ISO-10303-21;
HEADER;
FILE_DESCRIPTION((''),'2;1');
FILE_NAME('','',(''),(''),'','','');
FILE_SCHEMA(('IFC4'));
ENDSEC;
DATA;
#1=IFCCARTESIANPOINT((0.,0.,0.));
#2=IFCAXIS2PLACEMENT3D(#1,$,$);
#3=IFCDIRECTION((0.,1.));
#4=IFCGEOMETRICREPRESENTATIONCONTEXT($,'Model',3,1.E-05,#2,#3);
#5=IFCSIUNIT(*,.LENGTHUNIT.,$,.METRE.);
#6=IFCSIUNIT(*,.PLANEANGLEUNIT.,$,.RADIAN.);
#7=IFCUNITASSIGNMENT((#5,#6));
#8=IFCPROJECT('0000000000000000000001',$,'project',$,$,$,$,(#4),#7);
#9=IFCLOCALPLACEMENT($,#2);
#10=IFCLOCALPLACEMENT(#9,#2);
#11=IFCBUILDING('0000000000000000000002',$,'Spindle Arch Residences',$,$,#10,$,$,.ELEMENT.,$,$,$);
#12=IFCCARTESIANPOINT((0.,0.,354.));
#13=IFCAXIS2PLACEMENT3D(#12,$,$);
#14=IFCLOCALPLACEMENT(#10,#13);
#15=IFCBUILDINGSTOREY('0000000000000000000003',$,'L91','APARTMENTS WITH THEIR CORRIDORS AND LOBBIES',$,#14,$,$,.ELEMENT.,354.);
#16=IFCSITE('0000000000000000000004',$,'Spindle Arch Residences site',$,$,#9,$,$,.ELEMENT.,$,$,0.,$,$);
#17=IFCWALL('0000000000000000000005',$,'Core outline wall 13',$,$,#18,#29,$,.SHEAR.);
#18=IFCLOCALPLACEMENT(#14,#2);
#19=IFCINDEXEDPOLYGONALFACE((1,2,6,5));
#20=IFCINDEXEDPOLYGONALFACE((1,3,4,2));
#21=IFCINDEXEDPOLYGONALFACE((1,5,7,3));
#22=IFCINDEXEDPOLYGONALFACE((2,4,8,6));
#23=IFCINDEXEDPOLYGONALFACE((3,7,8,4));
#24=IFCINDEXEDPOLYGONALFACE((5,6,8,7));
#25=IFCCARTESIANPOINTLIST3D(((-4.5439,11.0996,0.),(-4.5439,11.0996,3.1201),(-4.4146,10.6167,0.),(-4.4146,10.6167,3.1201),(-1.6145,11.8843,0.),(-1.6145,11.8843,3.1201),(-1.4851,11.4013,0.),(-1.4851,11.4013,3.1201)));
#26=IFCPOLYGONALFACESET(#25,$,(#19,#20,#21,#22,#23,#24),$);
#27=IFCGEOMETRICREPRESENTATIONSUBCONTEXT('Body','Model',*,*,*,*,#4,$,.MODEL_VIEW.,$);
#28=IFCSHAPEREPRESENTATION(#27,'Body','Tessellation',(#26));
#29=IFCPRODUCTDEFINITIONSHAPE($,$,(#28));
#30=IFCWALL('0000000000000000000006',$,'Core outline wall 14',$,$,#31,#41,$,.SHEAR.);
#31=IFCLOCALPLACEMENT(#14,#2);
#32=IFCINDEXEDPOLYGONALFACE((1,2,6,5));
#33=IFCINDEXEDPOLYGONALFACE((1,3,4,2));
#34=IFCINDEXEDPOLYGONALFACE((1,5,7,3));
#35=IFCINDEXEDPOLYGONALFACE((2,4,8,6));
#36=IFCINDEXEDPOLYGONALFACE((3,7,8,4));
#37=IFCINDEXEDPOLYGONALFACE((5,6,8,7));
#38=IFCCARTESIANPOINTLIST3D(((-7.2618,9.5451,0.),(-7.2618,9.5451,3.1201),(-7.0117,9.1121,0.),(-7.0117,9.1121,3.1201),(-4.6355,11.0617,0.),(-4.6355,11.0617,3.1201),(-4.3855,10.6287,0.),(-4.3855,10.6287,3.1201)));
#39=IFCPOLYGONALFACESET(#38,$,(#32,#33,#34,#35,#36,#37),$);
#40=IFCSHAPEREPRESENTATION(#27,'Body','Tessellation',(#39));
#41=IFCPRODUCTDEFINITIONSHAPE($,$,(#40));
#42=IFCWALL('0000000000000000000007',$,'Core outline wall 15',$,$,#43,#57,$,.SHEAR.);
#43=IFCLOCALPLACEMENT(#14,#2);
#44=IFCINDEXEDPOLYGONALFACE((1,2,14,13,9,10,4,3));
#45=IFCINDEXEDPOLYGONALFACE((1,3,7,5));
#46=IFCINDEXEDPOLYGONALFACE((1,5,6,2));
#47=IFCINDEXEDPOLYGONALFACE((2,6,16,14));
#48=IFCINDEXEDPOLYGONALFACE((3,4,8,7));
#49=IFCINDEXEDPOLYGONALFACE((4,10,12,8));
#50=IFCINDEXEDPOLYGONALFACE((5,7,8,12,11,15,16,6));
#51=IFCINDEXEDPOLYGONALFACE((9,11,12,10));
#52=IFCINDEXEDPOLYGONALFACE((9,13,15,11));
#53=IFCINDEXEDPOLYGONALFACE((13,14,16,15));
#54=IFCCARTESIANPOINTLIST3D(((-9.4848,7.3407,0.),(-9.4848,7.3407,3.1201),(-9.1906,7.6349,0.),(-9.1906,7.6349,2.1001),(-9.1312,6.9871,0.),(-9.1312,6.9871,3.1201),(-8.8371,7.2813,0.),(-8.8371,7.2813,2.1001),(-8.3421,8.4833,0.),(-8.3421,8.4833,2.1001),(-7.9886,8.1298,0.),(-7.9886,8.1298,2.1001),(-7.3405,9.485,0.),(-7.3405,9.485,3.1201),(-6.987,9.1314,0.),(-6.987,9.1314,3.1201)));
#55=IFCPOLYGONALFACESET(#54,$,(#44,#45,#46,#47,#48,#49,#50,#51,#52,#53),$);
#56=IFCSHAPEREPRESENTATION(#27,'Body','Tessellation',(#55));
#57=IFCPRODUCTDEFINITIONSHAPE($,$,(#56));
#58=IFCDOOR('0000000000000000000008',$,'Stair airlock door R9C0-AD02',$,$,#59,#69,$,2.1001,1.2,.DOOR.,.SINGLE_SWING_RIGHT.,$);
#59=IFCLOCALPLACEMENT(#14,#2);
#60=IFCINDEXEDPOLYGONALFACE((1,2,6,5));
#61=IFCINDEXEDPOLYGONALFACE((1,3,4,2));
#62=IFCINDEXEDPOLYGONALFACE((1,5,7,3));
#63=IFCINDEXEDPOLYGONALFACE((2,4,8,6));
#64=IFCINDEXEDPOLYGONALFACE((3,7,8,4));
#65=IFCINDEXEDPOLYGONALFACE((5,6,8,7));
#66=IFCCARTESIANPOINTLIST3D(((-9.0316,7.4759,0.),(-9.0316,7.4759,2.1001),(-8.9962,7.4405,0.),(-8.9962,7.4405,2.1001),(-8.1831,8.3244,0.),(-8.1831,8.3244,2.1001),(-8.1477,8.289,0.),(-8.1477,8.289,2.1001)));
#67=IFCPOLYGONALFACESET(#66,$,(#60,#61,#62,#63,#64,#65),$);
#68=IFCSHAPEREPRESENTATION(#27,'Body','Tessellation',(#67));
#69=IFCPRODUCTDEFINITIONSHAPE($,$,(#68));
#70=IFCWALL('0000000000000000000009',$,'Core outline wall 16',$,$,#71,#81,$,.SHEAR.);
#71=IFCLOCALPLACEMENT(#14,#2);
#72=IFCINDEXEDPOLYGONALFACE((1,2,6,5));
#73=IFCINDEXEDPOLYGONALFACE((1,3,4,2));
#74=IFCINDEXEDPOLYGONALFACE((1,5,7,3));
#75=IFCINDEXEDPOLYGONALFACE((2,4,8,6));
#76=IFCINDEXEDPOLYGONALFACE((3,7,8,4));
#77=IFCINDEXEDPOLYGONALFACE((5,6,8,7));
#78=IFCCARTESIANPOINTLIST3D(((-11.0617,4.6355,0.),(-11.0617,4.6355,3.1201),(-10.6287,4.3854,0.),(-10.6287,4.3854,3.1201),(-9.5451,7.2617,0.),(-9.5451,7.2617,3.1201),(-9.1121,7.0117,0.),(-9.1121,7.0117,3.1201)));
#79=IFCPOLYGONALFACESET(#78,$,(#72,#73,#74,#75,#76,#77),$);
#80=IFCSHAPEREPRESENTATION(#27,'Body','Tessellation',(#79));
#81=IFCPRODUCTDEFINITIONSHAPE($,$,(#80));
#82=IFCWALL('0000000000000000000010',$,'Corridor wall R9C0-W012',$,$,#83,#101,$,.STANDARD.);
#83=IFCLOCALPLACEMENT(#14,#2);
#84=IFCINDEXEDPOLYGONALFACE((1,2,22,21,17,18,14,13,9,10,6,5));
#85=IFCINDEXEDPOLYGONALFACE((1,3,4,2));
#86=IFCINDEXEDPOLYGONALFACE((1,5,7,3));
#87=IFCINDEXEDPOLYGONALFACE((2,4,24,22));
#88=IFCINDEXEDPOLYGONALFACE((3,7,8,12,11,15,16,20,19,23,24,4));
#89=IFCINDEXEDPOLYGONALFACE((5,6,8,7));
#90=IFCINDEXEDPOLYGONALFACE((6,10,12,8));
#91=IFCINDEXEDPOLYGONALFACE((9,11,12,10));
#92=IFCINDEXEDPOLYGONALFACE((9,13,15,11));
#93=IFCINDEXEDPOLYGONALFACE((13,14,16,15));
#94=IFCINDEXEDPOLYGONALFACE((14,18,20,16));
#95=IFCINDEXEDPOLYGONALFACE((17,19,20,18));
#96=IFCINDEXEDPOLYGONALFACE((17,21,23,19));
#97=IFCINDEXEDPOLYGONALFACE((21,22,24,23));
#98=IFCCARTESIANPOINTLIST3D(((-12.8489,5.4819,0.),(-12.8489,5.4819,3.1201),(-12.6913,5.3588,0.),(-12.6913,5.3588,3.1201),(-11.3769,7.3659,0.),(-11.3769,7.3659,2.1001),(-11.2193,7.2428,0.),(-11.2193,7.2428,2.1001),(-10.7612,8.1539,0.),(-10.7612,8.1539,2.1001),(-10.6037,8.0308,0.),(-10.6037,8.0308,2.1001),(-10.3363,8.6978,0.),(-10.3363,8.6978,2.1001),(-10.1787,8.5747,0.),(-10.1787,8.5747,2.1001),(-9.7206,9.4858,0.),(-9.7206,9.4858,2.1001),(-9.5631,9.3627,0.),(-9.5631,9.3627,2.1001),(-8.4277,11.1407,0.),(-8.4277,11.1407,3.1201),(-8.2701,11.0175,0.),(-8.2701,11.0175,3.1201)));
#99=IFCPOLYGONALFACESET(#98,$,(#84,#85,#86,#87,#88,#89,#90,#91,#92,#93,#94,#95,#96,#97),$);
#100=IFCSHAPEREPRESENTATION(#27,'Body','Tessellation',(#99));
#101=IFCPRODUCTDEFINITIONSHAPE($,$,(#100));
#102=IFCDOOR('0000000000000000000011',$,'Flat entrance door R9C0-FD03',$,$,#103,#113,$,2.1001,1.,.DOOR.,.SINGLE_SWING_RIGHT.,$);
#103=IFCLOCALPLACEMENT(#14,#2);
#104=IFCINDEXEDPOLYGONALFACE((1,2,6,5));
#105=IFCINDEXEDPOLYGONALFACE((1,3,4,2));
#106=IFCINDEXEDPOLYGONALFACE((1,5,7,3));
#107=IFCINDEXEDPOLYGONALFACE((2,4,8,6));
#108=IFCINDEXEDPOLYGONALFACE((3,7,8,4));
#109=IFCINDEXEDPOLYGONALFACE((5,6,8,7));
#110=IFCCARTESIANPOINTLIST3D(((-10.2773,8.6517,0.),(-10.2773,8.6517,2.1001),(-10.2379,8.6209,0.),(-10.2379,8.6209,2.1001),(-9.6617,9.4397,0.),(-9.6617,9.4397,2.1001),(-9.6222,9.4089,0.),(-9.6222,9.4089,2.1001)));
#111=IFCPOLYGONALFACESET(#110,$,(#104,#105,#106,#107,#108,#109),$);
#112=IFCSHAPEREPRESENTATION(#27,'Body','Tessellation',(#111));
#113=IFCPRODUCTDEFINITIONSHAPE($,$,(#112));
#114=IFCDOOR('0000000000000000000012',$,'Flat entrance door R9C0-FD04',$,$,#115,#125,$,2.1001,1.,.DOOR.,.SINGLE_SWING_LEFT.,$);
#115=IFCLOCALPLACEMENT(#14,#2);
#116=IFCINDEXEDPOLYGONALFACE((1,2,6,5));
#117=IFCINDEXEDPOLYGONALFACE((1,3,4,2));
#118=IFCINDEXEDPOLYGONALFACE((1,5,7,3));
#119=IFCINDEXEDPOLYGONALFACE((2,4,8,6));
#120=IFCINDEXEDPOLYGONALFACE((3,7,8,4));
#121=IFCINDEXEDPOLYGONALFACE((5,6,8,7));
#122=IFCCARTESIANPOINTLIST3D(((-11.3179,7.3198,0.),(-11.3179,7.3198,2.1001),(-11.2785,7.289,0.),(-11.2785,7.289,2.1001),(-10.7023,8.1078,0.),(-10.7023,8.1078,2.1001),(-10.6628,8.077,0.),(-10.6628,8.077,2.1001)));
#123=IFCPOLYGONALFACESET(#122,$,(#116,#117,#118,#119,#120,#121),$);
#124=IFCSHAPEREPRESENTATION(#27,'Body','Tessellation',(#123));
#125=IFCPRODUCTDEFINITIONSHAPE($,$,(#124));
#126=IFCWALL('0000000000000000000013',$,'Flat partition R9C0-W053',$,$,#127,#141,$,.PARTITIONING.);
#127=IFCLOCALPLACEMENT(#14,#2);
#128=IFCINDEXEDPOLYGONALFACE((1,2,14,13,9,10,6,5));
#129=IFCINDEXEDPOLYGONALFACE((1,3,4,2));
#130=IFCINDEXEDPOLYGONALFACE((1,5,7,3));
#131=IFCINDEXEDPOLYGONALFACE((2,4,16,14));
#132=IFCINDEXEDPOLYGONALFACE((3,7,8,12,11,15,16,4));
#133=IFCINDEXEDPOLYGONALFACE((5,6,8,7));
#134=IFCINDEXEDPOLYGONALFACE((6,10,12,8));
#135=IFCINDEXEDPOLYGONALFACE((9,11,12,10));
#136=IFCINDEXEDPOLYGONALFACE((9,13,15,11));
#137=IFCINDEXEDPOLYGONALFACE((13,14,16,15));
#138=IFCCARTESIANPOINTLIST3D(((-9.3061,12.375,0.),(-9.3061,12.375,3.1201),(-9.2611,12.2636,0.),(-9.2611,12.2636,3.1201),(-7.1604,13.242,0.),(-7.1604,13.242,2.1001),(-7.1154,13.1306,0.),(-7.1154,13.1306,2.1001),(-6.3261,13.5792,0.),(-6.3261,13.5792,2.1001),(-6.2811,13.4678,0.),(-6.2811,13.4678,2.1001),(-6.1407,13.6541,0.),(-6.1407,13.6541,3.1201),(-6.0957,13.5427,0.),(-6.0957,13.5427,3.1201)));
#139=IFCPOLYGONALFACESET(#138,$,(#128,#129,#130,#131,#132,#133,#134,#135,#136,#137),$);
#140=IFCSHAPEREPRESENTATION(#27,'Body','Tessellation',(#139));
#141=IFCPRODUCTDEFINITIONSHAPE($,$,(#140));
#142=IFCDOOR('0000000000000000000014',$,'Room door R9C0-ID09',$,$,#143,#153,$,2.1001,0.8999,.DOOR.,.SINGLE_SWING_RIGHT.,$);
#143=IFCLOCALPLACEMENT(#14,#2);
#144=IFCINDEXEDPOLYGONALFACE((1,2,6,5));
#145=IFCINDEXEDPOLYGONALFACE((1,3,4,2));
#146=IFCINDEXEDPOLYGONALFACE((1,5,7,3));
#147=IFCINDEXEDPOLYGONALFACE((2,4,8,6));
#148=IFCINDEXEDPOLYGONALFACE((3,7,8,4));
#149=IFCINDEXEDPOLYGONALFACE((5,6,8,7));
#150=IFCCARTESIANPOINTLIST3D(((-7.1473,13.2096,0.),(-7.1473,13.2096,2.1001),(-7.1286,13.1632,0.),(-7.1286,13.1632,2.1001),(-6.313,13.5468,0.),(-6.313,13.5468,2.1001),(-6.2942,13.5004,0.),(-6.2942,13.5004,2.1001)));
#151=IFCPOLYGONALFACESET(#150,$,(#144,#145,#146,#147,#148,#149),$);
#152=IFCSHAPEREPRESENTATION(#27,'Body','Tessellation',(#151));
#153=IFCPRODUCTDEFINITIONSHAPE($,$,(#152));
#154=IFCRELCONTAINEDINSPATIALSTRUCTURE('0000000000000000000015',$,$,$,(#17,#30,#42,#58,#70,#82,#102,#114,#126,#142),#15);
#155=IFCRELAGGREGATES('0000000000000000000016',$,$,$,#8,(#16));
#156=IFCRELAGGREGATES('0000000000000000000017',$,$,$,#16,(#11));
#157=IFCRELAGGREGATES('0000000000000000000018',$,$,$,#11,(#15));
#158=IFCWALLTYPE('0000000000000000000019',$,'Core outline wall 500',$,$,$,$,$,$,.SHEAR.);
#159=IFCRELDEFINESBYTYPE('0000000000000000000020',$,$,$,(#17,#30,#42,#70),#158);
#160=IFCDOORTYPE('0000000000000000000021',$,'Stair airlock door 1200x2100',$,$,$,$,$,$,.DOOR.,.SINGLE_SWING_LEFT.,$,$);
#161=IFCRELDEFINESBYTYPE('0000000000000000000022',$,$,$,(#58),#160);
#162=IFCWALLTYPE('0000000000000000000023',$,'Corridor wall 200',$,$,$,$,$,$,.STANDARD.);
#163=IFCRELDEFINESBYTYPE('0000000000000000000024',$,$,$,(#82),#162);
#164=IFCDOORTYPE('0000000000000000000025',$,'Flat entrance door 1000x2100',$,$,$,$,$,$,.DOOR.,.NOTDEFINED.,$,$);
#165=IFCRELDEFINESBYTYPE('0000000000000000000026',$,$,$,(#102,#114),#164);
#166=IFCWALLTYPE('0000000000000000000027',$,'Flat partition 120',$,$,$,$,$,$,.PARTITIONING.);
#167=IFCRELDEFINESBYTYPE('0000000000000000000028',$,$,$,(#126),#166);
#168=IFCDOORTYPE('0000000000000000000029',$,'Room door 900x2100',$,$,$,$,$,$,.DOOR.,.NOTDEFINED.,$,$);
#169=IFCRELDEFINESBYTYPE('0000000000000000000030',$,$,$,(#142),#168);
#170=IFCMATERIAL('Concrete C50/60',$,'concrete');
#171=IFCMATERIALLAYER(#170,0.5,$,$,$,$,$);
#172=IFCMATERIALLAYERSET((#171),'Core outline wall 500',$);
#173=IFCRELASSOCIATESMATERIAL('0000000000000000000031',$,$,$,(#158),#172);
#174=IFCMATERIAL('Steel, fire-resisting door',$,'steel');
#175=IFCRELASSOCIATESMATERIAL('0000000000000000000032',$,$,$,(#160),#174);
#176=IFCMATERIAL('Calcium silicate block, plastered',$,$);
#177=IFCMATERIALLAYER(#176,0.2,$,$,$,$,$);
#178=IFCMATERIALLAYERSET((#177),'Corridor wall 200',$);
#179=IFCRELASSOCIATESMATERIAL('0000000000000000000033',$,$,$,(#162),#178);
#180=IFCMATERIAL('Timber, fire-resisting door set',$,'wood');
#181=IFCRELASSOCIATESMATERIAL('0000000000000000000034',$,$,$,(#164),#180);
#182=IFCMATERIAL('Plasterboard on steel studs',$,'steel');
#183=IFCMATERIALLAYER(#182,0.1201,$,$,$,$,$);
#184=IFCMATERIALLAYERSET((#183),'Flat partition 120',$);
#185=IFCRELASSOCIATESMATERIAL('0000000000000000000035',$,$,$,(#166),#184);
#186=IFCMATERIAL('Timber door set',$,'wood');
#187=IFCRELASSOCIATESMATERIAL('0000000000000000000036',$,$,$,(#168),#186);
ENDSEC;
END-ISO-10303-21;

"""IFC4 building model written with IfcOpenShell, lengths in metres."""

from ifc_helpers import new_model, si_unit, direction, frame, frame_2d, origin, place, context, subcontext, project, spatial, rectangle, extrude, material, layer, layer_set, type_object, element, fill, save


model = new_model("IFC4")

# Units and contexts
model_context = context("Model", 3, precision=1e-05, world=origin(), true_north=direction((0.0, 1.0)))
body_context = subcontext(model_context, "Body", "Model", "MODEL_VIEW")
ifc_project = project(units=[si_unit("LENGTHUNIT", "METRE"), si_unit("PLANEANGLEUNIT", "RADIAN")], contexts=[model_context])

# Site, building, storey
site_placement = place(None, origin())
site = spatial("IfcSite", under=ifc_project, at=site_placement, Name="Spindle Arch Residences site", CompositionType="ELEMENT", RefElevation=0.0)
building_placement = place(site_placement, origin())
building = spatial("IfcBuilding", under=site, at=building_placement, Name="Spindle Arch Residences", CompositionType="ELEMENT")
storey_placement = place(building_placement, frame((0.0, 0.0, 354.0)))
storey = spatial("IfcBuildingStorey", under=building, at=storey_placement, Name="L91", Description="APARTMENTS WITH THEIR CORRIDORS AND LOBBIES", CompositionType="ELEMENT", Elevation=354.0)

# Walls
ifc_material_1 = material(Name="Concrete C50/60", Category="concrete")
ifc_layer_1 = layer(ifc_material_1, 0.5)
ifc_layer_set_1 = layer_set([ifc_layer_1], Name="Core outline wall 500")
wall_type_1 = type_object("IfcWallType", Name="Core outline wall 500", PredefinedType="SHEAR", material=ifc_layer_set_1)
for number, where, z_axis, x_axis, name in (
    (1, (-1.5498, 11.6428, 0.0), (0.0, 0.0, 1.0), (-0.965948, -0.258735, 0.0), "Core outline wall 13"),
    (2, (-4.5105, 10.8452, 0.0), (0.0, 0.0, 1.0), (-0.865975, -0.500087, 0.0), "Core outline wall 14"),
):
    element("IfcWall", number, at=place(storey_placement, frame(where, z_axis=z_axis, x_axis=x_axis)), inside=storey, type_object=wall_type_1, Name=name, PredefinedType="SHEAR", context=body_context, shape_type="SweptSolid", body=[
        extrude(rectangle(XDim=3.0327, YDim=0.5, at=frame_2d((1.5164, 0.0))), origin(), (0.0, 0.0, 1.0), 3.1201),
    ])

# Wall, opening, door
wall_1_placement = place(storey_placement, frame((-7.1638, 9.3081, 0.0), z_axis=(0.0, 0.0, 1.0), x_axis=(-0.707107, -0.707107, 0.0)))
wall_1 = element("IfcWall", 3, at=wall_1_placement, inside=storey, type_object=wall_type_1, Name="Core outline wall 15", PredefinedType="SHEAR", context=body_context, shape_type="SweptSolid", body=[
    extrude(rectangle(XDim=3.0325, YDim=0.5, at=frame_2d((1.5161, 0.0))), origin(), (0.0, 0.0, 1.0), 3.1201),
])
opening_1_placement = place(wall_1_placement, frame((1.4163, 0.0, 0.0)))
opening_1 = element("IfcOpeningElement", 4, at=opening_1_placement, cuts=wall_1, PredefinedType="OPENING", context=body_context, shape_type="SweptSolid", body=[
    extrude(rectangle(XDim=1.2, YDim=2.1001, at=frame_2d((0.6001, 1.05))), frame((0.0, 0.26, 0.0), z_axis=(0.0, -1.0, 0.0), x_axis=(1.0, 0.0, 0.0)), (0.0, 0.0, 1.0), 0.52),
])
ifc_material_2 = material(Name="Steel, fire-resisting door", Category="steel")
door_type_1 = type_object("IfcDoorType", Name="Stair airlock door 1200x2100", OperationType="SINGLE_SWING_LEFT", PredefinedType="DOOR", material=ifc_material_2)
door_1_placement = place(opening_1_placement, origin())
door_1 = element("IfcDoor", 5, at=door_1_placement, inside=storey, type_object=door_type_1, Name="Stair airlock door R9C0-AD02", OperationType="SINGLE_SWING_RIGHT", OverallHeight=2.1001, OverallWidth=1.2, PredefinedType="DOOR", context=body_context, shape_type="SweptSolid", body=[
    extrude(rectangle(XDim=1.2, YDim=2.1001, at=frame_2d((0.6001, 1.05))), frame((0.0, 0.0249, 0.0), z_axis=(0.0, -1.0, 0.0), x_axis=(1.0, 0.0, 0.0)), (0.0, 0.0, 1.0), 0.05),
])
fill(opening_1, door_1)

# Wall
wall_2_placement = place(storey_placement, frame((-9.3286, 7.1367, 0.0), z_axis=(0.0, 0.0, 1.0), x_axis=(-0.500087, -0.865975, 0.0)))
element("IfcWall", 6, at=wall_2_placement, inside=storey, type_object=wall_type_1, Name="Core outline wall 16", PredefinedType="SHEAR", context=body_context, shape_type="SweptSolid", body=[
    extrude(rectangle(XDim=3.0327, YDim=0.5, at=frame_2d((1.5164, 0.0))), origin(), (0.0, 0.0, 1.0), 3.1201),
])

# Wall, openings, doors
ifc_material_3 = material(Name="Calcium silicate block, plastered")
ifc_layer_2 = layer(ifc_material_3, 0.2)
ifc_layer_set_2 = layer_set([ifc_layer_2], Name="Corridor wall 200")
wall_type_2 = type_object("IfcWallType", Name="Corridor wall 200", PredefinedType="STANDARD", material=ifc_layer_set_2)
wall_3_placement = place(storey_placement, frame((-8.3489, 11.0791, 0.0), z_axis=(0.0, 0.0, 1.0), x_axis=(-0.615669, -0.788005, 0.0)))
wall_3 = element("IfcWall", 7, at=wall_3_placement, inside=storey, type_object=wall_type_2, Name="Corridor wall R9C0-W012", PredefinedType="STANDARD", context=body_context, shape_type="SweptSolid", body=[
    extrude(rectangle(XDim=7.1812, YDim=0.2, at=frame_2d((3.5906, 0.0))), origin(), (0.0, 0.0, 1.0), 3.1201),
])
opening_2_placement = place(wall_3_placement, frame((2.1001, 0.0, 0.0)))
opening_2 = element("IfcOpeningElement", 8, at=opening_2_placement, cuts=wall_3, PredefinedType="OPENING", context=body_context, shape_type="SweptSolid", body=[
    extrude(rectangle(XDim=1.0, YDim=2.1001, at=frame_2d((0.5, 1.05))), frame((0.0, 0.1099, 0.0), z_axis=(0.0, -1.0, 0.0), x_axis=(1.0, 0.0, 0.0)), (0.0, 0.0, 1.0), 0.22),
])
opening_3_placement = place(wall_3_placement, frame((3.7903, 0.0, 0.0)))
opening_3 = element("IfcOpeningElement", 9, at=opening_3_placement, cuts=wall_3, PredefinedType="OPENING", context=body_context, shape_type="SweptSolid", body=[
    extrude(rectangle(XDim=1.0, YDim=2.1001, at=frame_2d((0.5, 1.05))), frame((0.0, 0.1099, 0.0), z_axis=(0.0, -1.0, 0.0), x_axis=(1.0, 0.0, 0.0)), (0.0, 0.0, 1.0), 0.22),
])
ifc_material_4 = material(Name="Timber, fire-resisting door set", Category="wood")
door_type_2 = type_object("IfcDoorType", Name="Flat entrance door 1000x2100", OperationType="NOTDEFINED", PredefinedType="DOOR", material=ifc_material_4)
door_2_placement = place(opening_2_placement, origin())
door_2 = element("IfcDoor", 10, at=door_2_placement, inside=storey, type_object=door_type_2, Name="Flat entrance door R9C0-FD03", OperationType="SINGLE_SWING_RIGHT", OverallHeight=2.1001, OverallWidth=1.0, PredefinedType="DOOR", context=body_context, shape_type="SweptSolid", body=[
    extrude(rectangle(XDim=1.0, YDim=2.1001, at=frame_2d((0.5, 1.05))), frame((0.0, 0.0249, 0.0), z_axis=(0.0, -1.0, 0.0), x_axis=(1.0, 0.0, 0.0)), (0.0, 0.0, 1.0), 0.05),
])
fill(opening_2, door_2)
door_3_placement = place(opening_3_placement, origin())
door_3 = element("IfcDoor", 11, at=door_3_placement, inside=storey, type_object=door_type_2, Name="Flat entrance door R9C0-FD04", OperationType="SINGLE_SWING_LEFT", OverallHeight=2.1001, OverallWidth=1.0, PredefinedType="DOOR", context=body_context, shape_type="SweptSolid", body=[
    extrude(rectangle(XDim=1.0, YDim=2.1001, at=frame_2d((0.5, 1.05))), frame((0.0, 0.0249, 0.0), z_axis=(0.0, -1.0, 0.0), x_axis=(1.0, 0.0, 0.0)), (0.0, 0.0, 1.0), 0.05),
])
fill(opening_3, door_3)

# Wall, opening, door
ifc_material_5 = material(Name="Plasterboard on steel studs", Category="steel")
ifc_layer_3 = layer(ifc_material_5, 0.1201)
ifc_layer_set_3 = layer_set([ifc_layer_3], Name="Flat partition 120")
wall_type_3 = type_object("IfcWallType", Name="Flat partition 120", PredefinedType="PARTITIONING", material=ifc_layer_set_3)
wall_4_placement = place(storey_placement, frame((-6.1182, 13.5984, 0.0), z_axis=(0.0, 0.0, 1.0), x_axis=(-0.927164, -0.374656, 0.0)))
wall_4 = element("IfcWall", 12, at=wall_4_placement, inside=storey, type_object=wall_type_3, Name="Flat partition R9C0-W053", PredefinedType="PARTITIONING", context=body_context, shape_type="SweptSolid", body=[
    extrude(rectangle(XDim=3.4141, YDim=0.1201, at=frame_2d((1.707, 0.0))), origin(), (0.0, 0.0, 1.0), 3.1201),
])
opening_4_placement = place(wall_4_placement, frame((0.2, 0.0, 0.0)))
opening_4 = element("IfcOpeningElement", 13, at=opening_4_placement, cuts=wall_4, PredefinedType="OPENING", context=body_context, shape_type="SweptSolid", body=[
    extrude(rectangle(XDim=0.8999, YDim=2.1001, at=frame_2d((0.45, 1.05))), frame((0.0, 0.0701, 0.0), z_axis=(0.0, -1.0, 0.0), x_axis=(1.0, 0.0, 0.0)), (0.0, 0.0, 1.0), 0.1401),
])
ifc_material_6 = material(Name="Timber door set", Category="wood")
door_type_3 = type_object("IfcDoorType", Name="Room door 900x2100", OperationType="NOTDEFINED", PredefinedType="DOOR", material=ifc_material_6)
door_4_placement = place(opening_4_placement, origin())
door_4 = element("IfcDoor", 14, at=door_4_placement, inside=storey, type_object=door_type_3, Name="Room door R9C0-ID09", OperationType="SINGLE_SWING_RIGHT", OverallHeight=2.1001, OverallWidth=0.8999, PredefinedType="DOOR", context=body_context, shape_type="SweptSolid", body=[
    extrude(rectangle(XDim=0.8999, YDim=2.1001, at=frame_2d((0.45, 1.05))), frame((0.0, 0.0249, 0.0), z_axis=(0.0, -1.0, 0.0), x_axis=(1.0, 0.0, 0.0)), (0.0, 0.0, 1.0), 0.05),
])
fill(opening_4, door_4)

save(model, "model.ifc")
